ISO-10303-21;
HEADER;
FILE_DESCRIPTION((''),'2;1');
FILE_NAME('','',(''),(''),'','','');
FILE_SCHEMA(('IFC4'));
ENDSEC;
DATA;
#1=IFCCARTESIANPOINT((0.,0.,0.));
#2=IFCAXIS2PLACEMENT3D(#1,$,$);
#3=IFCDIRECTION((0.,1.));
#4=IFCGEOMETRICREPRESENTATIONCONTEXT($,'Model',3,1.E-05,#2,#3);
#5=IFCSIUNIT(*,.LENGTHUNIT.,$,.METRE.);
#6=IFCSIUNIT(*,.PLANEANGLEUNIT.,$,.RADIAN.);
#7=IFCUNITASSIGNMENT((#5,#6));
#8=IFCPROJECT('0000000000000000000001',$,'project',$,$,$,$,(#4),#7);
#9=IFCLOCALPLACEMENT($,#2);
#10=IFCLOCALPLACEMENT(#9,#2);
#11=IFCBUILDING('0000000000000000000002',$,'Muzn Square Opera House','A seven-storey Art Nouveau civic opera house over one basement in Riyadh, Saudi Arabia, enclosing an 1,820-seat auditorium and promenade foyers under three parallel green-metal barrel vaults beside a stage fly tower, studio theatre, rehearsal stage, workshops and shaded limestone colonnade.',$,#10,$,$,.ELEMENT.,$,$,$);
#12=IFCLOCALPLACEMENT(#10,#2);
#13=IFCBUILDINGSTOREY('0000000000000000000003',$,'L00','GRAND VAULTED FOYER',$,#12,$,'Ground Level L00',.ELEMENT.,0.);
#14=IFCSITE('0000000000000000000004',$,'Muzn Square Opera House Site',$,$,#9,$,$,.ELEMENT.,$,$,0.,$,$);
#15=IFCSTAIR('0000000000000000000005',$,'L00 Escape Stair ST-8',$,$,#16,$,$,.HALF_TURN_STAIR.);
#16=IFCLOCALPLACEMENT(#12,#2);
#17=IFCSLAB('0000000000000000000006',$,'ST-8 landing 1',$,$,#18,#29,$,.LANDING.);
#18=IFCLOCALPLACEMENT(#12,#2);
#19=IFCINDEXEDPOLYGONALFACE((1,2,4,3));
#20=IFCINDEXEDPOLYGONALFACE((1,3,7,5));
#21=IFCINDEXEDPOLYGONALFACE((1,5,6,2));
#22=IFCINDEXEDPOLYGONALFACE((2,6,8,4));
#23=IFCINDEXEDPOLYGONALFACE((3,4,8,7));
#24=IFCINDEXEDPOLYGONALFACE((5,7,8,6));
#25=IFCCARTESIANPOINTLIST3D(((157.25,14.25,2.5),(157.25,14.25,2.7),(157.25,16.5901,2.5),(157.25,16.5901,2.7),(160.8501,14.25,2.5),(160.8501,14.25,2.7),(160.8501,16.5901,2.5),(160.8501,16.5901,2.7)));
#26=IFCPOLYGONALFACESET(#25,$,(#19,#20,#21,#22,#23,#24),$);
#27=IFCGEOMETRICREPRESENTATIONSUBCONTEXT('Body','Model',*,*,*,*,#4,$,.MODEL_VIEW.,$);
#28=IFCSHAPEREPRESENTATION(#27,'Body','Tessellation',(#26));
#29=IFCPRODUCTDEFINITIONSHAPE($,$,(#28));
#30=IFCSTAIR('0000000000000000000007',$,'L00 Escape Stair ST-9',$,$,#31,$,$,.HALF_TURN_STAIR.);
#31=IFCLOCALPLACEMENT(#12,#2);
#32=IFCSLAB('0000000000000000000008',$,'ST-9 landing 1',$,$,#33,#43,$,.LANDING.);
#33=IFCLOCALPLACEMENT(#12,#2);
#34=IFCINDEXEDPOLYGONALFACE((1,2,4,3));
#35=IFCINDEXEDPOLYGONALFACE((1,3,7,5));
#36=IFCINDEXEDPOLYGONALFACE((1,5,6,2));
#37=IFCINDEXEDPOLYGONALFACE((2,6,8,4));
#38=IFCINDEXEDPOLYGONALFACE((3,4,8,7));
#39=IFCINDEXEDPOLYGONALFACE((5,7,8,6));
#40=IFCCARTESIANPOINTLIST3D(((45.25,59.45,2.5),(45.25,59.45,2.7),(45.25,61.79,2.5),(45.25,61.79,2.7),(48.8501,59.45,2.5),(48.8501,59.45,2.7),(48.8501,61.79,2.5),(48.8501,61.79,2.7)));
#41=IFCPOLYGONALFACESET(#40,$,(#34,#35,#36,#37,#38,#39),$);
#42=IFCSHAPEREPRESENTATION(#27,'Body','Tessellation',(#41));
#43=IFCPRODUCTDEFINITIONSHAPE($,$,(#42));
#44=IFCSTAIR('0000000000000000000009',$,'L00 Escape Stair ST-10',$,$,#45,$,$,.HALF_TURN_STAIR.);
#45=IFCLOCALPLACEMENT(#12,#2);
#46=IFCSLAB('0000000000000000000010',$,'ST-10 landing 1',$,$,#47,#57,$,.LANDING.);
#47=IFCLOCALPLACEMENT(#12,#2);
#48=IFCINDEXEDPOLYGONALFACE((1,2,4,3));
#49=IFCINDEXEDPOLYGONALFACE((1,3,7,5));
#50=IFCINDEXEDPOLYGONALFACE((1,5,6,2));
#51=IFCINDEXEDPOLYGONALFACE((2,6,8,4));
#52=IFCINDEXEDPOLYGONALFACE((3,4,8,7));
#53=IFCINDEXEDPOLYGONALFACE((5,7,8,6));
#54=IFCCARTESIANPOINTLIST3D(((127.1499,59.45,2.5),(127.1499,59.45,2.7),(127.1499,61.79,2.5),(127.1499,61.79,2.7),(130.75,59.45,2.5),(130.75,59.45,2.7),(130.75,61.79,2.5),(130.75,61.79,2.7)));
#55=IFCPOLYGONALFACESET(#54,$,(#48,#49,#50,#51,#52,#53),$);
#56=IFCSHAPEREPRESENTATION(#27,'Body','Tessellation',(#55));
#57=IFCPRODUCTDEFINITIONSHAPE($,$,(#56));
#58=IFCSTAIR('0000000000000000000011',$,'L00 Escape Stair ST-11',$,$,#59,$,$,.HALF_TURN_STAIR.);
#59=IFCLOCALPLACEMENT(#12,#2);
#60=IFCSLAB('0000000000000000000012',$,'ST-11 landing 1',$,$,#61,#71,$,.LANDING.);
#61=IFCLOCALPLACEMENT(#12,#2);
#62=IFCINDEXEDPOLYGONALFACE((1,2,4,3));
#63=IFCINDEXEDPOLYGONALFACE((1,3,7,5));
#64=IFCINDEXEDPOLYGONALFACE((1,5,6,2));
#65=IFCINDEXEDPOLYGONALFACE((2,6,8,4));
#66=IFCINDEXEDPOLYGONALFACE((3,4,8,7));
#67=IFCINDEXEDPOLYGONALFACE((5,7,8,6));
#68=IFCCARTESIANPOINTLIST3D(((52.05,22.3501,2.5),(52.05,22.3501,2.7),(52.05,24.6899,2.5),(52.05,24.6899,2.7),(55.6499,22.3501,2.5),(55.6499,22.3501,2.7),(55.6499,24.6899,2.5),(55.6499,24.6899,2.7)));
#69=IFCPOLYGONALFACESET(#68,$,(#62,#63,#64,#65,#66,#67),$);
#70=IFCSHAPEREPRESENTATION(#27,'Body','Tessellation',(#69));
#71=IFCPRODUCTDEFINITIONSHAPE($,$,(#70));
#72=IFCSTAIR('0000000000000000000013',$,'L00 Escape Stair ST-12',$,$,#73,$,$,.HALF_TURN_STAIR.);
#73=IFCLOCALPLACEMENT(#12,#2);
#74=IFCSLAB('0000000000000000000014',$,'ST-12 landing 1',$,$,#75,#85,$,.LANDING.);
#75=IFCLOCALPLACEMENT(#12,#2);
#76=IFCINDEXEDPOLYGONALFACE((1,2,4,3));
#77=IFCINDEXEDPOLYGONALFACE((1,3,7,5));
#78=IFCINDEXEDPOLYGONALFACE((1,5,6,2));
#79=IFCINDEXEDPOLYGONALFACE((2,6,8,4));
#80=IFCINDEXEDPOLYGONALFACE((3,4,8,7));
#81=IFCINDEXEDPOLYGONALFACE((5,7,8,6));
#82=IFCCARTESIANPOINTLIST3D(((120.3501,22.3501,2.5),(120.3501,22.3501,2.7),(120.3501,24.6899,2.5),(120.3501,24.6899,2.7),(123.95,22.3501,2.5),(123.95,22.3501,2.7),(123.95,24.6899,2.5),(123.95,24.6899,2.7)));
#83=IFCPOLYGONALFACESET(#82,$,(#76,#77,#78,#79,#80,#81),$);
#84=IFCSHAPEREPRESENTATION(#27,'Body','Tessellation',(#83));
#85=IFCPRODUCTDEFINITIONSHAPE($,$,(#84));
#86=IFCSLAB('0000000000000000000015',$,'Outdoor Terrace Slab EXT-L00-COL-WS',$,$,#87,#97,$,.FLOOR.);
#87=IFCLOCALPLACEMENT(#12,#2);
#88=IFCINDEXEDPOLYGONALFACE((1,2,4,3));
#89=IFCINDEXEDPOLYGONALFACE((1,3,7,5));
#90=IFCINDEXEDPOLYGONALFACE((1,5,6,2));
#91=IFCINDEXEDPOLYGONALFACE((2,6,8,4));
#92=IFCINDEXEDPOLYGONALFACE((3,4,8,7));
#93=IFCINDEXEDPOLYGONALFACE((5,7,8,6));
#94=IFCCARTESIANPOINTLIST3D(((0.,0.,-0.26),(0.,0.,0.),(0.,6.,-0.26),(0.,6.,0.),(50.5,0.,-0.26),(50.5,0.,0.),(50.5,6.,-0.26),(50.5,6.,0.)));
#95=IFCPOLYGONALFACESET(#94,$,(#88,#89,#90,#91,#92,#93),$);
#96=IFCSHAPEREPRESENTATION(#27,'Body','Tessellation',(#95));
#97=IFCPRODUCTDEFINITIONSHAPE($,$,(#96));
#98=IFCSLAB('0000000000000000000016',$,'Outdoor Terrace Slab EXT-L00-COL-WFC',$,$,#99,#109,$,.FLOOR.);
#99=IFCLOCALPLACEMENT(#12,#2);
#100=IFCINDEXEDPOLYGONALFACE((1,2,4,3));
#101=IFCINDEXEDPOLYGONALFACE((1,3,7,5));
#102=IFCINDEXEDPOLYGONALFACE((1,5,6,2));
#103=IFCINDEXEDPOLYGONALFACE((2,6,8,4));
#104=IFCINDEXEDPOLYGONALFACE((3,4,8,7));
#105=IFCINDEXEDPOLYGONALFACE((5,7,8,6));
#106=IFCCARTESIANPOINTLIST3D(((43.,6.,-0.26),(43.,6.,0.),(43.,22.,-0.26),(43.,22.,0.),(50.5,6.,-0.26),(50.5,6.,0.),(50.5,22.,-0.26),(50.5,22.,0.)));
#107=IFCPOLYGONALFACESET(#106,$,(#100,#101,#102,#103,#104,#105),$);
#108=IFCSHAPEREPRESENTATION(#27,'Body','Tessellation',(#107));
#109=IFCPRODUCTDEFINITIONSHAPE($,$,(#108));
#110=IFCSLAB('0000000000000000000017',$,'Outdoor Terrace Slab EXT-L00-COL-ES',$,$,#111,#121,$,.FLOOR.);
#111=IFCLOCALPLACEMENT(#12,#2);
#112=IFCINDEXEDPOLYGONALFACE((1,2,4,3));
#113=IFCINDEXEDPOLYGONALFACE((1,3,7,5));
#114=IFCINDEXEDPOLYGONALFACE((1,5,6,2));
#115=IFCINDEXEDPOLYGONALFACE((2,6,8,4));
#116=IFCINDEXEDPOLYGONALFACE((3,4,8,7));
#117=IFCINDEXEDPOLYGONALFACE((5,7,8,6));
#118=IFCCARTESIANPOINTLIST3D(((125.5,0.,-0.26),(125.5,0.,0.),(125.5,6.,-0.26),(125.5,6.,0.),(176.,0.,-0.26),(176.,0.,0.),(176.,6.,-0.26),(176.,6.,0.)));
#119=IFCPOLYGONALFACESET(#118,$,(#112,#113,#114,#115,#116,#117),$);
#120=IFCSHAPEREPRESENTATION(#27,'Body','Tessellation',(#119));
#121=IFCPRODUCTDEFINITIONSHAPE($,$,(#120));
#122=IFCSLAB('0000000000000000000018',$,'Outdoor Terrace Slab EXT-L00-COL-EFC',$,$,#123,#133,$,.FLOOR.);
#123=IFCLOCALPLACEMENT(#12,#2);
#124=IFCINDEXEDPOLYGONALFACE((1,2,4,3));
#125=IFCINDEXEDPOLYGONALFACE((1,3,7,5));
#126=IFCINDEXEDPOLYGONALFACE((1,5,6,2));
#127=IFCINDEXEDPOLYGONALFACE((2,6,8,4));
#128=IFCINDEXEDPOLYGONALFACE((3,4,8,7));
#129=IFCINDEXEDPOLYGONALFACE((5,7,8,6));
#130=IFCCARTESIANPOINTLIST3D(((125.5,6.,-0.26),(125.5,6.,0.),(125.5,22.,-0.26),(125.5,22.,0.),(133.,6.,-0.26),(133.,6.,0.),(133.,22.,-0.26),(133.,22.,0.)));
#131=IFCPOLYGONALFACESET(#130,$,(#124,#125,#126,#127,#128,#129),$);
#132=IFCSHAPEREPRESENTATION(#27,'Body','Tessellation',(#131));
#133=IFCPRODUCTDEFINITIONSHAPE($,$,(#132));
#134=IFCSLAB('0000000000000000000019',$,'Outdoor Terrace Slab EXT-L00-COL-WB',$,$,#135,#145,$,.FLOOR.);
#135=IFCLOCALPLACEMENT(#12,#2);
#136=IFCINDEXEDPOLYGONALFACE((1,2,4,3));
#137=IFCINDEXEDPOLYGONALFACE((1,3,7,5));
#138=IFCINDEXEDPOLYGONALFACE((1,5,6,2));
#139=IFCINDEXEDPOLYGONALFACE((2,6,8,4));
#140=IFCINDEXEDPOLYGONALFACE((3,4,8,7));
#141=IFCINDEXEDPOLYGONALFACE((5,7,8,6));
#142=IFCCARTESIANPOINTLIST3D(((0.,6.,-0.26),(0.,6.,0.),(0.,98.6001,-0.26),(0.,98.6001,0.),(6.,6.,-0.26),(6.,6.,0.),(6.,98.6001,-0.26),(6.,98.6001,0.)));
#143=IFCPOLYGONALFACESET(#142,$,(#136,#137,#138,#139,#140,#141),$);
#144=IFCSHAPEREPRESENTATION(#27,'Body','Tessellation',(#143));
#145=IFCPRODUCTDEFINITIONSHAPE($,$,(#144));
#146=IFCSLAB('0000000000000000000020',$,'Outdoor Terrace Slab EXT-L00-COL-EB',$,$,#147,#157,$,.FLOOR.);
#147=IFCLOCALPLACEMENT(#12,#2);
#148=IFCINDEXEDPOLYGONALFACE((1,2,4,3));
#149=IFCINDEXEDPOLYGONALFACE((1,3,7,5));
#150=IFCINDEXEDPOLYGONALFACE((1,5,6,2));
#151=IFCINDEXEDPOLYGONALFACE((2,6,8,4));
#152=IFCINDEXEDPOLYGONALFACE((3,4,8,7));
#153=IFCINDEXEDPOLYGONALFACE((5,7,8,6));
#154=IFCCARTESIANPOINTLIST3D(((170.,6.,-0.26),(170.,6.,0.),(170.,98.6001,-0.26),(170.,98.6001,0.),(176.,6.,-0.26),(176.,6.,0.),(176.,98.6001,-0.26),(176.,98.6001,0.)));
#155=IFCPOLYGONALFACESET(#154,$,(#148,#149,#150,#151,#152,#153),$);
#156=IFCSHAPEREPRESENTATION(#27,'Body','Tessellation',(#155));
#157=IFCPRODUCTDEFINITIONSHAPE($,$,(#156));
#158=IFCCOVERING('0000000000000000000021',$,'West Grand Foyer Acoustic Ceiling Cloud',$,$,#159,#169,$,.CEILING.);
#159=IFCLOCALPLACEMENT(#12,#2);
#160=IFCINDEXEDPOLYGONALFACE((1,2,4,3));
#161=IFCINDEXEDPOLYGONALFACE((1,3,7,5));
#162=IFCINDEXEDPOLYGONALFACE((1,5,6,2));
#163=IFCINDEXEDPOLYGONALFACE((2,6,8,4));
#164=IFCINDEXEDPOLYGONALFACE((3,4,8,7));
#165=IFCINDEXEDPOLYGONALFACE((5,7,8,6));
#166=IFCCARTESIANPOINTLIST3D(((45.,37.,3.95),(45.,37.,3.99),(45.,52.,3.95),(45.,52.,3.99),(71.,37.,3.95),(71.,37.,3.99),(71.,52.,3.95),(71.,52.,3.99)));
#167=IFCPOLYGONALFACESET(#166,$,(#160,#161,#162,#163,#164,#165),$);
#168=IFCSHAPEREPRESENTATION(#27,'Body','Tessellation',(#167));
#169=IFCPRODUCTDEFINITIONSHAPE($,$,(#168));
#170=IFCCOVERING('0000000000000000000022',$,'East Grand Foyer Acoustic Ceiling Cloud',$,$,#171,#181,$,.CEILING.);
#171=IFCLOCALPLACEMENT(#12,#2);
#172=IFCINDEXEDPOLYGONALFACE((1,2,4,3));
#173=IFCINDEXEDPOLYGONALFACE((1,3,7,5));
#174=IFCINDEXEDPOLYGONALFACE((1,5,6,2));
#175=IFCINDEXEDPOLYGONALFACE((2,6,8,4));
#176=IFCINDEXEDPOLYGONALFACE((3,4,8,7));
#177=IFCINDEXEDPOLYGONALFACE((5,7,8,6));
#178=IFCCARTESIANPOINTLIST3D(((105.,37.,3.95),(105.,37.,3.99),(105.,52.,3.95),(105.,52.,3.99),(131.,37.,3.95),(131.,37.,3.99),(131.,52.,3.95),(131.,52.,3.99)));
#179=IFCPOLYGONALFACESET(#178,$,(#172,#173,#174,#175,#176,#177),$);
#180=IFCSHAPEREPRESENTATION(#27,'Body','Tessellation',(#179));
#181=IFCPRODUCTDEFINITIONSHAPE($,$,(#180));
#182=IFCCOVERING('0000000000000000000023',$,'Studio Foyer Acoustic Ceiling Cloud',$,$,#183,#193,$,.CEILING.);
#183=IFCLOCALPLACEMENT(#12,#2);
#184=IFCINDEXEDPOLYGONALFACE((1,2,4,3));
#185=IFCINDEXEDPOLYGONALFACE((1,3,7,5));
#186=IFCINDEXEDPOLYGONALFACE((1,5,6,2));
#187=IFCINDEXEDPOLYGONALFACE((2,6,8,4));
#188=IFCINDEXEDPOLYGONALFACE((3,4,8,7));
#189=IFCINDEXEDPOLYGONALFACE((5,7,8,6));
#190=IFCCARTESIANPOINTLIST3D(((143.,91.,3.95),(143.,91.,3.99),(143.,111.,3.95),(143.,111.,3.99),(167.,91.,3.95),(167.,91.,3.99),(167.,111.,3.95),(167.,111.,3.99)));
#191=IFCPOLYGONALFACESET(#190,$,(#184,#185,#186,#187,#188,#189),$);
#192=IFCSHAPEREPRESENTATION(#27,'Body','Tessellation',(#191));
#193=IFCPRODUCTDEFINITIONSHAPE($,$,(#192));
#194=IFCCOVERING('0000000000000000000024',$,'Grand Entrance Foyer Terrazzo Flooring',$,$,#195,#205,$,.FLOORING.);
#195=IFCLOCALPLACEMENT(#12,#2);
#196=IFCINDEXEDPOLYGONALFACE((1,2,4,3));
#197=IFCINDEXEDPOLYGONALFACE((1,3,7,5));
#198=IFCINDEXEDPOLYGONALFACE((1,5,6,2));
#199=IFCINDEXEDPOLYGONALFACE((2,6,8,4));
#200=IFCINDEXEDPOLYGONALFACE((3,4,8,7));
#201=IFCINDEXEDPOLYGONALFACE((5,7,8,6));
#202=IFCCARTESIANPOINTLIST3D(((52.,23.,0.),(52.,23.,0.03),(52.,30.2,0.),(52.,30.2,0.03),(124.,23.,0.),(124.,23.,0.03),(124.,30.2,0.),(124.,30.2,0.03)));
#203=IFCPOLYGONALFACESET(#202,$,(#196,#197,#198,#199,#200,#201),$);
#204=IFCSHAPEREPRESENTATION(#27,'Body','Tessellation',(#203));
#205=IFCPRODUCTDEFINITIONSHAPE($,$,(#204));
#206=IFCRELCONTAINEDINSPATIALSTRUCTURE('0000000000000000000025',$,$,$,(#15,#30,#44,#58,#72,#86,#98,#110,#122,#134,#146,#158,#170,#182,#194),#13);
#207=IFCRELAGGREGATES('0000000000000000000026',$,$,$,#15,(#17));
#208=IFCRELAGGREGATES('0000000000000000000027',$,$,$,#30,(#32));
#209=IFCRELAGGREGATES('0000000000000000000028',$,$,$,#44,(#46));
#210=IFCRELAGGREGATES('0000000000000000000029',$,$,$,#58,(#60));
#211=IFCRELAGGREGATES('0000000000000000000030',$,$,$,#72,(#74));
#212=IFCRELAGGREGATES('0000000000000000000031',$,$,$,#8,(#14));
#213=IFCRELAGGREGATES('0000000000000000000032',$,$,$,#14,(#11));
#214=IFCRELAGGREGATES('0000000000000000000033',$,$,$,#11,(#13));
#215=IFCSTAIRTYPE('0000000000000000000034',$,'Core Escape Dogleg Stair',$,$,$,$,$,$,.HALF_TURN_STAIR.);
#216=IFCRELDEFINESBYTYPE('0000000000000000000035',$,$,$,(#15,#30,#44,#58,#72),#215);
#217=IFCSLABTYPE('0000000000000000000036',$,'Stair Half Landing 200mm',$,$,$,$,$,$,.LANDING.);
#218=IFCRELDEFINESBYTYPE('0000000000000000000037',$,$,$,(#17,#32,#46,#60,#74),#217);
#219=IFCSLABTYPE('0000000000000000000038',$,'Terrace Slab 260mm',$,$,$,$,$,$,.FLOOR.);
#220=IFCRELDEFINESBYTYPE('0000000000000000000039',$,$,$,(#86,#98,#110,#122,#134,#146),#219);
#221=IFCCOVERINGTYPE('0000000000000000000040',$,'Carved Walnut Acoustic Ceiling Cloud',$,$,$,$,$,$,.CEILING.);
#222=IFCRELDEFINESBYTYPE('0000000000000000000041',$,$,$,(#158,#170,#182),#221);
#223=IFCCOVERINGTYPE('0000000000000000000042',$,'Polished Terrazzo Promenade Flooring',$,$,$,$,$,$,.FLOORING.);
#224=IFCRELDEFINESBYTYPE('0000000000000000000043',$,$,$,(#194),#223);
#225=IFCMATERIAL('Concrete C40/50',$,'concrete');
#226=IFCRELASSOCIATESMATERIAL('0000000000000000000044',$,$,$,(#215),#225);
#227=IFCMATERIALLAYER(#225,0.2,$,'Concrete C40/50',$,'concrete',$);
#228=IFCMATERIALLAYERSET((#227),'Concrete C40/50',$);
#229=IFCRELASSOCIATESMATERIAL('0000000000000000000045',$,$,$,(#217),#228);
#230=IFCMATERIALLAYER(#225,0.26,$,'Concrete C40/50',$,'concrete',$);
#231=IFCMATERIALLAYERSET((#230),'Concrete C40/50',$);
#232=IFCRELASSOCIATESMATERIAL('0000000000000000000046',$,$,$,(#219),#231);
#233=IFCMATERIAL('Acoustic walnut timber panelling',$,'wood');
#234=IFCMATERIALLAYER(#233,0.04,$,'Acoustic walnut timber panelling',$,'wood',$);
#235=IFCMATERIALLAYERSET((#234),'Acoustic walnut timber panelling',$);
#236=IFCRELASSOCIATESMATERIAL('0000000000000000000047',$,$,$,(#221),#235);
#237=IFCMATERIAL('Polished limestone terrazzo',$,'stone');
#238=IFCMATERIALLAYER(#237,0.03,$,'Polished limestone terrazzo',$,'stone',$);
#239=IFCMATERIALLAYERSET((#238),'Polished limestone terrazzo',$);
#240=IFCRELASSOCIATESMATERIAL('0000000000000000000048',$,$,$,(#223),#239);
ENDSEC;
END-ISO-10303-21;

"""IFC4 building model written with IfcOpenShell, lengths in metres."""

from ifc_helpers import new_model, si_unit, direction, frame, origin, place, context, subcontext, project, spatial, polyline, outline, extrude, material, layer, layer_set, type_object, element, aggregate, save


model = new_model("IFC4")

# Units and contexts
model_context = context("Model", 3, precision=1e-05, world=origin(), true_north=direction((0.0, 1.0)))
body_context = subcontext(model_context, "Body", "Model", "MODEL_VIEW")
ifc_project = project(units=[si_unit("LENGTHUNIT", "METRE"), si_unit("PLANEANGLEUNIT", "RADIAN")], contexts=[model_context])

# Site, building, storey
site_placement = place(None, origin())
site = spatial("IfcSite", under=ifc_project, at=site_placement, Name="Muzn Square Opera House Site", CompositionType="ELEMENT", RefElevation=0.0)
building_placement = place(site_placement, origin())
building = spatial("IfcBuilding", under=site, at=building_placement, Name="Muzn Square Opera House", Description="A seven-storey Art Nouveau civic opera house over one basement in Riyadh, Saudi Arabia, enclosing an 1,820-seat auditorium and promenade foyers under three parallel green-metal barrel vaults beside a stage fly tower, studio theatre, rehearsal stage, workshops and shaded limestone colonnade.", CompositionType="ELEMENT")
storey_placement = place(building_placement, origin())
storey = spatial("IfcBuildingStorey", under=building, at=storey_placement, Name="L00", Description="GRAND VAULTED FOYER", LongName="Ground Level L00", CompositionType="ELEMENT", Elevation=0.0)

# Shared definitions
ifc_material_1 = material(Name="Concrete C40/50", Category="concrete")

# Stairs, slabs
stair_type = type_object("IfcStairType", Name="Core Escape Dogleg Stair", PredefinedType="HALF_TURN_STAIR", material=ifc_material_1)
ifc_layer_1 = layer(ifc_material_1, 0.2, Name="Concrete C40/50", Category="concrete")
ifc_layer_set_1 = layer_set([ifc_layer_1], Name="Concrete C40/50")
slab_type_1 = type_object("IfcSlabType", Name="Stair Half Landing 200mm", PredefinedType="LANDING", material=ifc_layer_set_1)
stair_1_placement = place(storey_placement, origin())
stair_1 = element("IfcStair", 1, at=stair_1_placement, inside=storey, type_object=stair_type, Name="L00 Escape Stair ST-8", PredefinedType="HALF_TURN_STAIR")
slab_1_placement = place(storey_placement, frame((0.0, 0.0, 2.5)))
slab_1 = element("IfcSlab", 2, at=slab_1_placement, type_object=slab_type_1, Name="ST-8 landing 1", PredefinedType="LANDING", context=body_context, shape_type="SweptSolid", body=[
    extrude(outline(polyline([(157.25, 16.5901), (157.25, 14.25), (160.8501, 14.25), (160.8501, 16.5901), (157.25, 16.5901)])), origin(), (0.0, 0.0, 1.0), 0.2),
])
aggregate(stair_1, [slab_1])
stair_2_placement = place(storey_placement, origin())
stair_2 = element("IfcStair", 3, at=stair_2_placement, inside=storey, type_object=stair_type, Name="L00 Escape Stair ST-9", PredefinedType="HALF_TURN_STAIR")
slab_2_placement = place(storey_placement, frame((0.0, 0.0, 2.5)))
slab_2 = element("IfcSlab", 4, at=slab_2_placement, type_object=slab_type_1, Name="ST-9 landing 1", PredefinedType="LANDING", context=body_context, shape_type="SweptSolid", body=[
    extrude(outline(polyline([(45.25, 61.79), (45.25, 59.45), (48.8501, 59.45), (48.8501, 61.79), (45.25, 61.79)])), origin(), (0.0, 0.0, 1.0), 0.2),
])
aggregate(stair_2, [slab_2])
stair_3_placement = place(storey_placement, origin())
stair_3 = element("IfcStair", 5, at=stair_3_placement, inside=storey, type_object=stair_type, Name="L00 Escape Stair ST-10", PredefinedType="HALF_TURN_STAIR")
slab_3_placement = place(storey_placement, frame((0.0, 0.0, 2.5)))
slab_3 = element("IfcSlab", 6, at=slab_3_placement, type_object=slab_type_1, Name="ST-10 landing 1", PredefinedType="LANDING", context=body_context, shape_type="SweptSolid", body=[
    extrude(outline(polyline([(127.1499, 61.79), (127.1499, 59.45), (130.75, 59.45), (130.75, 61.79), (127.1499, 61.79)])), origin(), (0.0, 0.0, 1.0), 0.2),
])
aggregate(stair_3, [slab_3])
stair_4_placement = place(storey_placement, origin())
stair_4 = element("IfcStair", 7, at=stair_4_placement, inside=storey, type_object=stair_type, Name="L00 Escape Stair ST-11", PredefinedType="HALF_TURN_STAIR")
slab_4_placement = place(storey_placement, frame((0.0, 0.0, 2.5)))
slab_4 = element("IfcSlab", 8, at=slab_4_placement, type_object=slab_type_1, Name="ST-11 landing 1", PredefinedType="LANDING", context=body_context, shape_type="SweptSolid", body=[
    extrude(outline(polyline([(52.05, 24.6899), (52.05, 22.3501), (55.6499, 22.3501), (55.6499, 24.6899), (52.05, 24.6899)])), origin(), (0.0, 0.0, 1.0), 0.2),
])
aggregate(stair_4, [slab_4])
stair_5_placement = place(storey_placement, origin())
stair_5 = element("IfcStair", 9, at=stair_5_placement, inside=storey, type_object=stair_type, Name="L00 Escape Stair ST-12", PredefinedType="HALF_TURN_STAIR")
slab_5_placement = place(storey_placement, frame((0.0, 0.0, 2.5)))
slab_5 = element("IfcSlab", 10, at=slab_5_placement, type_object=slab_type_1, Name="ST-12 landing 1", PredefinedType="LANDING", context=body_context, shape_type="SweptSolid", body=[
    extrude(outline(polyline([(120.3501, 24.6899), (120.3501, 22.3501), (123.95, 22.3501), (123.95, 24.6899), (120.3501, 24.6899)])), origin(), (0.0, 0.0, 1.0), 0.2),
])
aggregate(stair_5, [slab_5])

# Slabs
ifc_layer_2 = layer(ifc_material_1, 0.26, Name="Concrete C40/50", Category="concrete")
ifc_layer_set_2 = layer_set([ifc_layer_2], Name="Concrete C40/50")
slab_type_2 = type_object("IfcSlabType", Name="Terrace Slab 260mm", PredefinedType="FLOOR", material=ifc_layer_set_2)
slab_6_placement = place(storey_placement, frame((0.0, 0.0, -0.26)))
element("IfcSlab", 11, at=slab_6_placement, inside=storey, type_object=slab_type_2, Name="Outdoor Terrace Slab EXT-L00-COL-WS", PredefinedType="FLOOR", context=body_context, shape_type="SweptSolid", body=[
    extrude(outline(polyline([(0.0, 0.0), (50.5, 0.0), (50.5, 6.0), (0.0, 6.0), (0.0, 0.0)])), origin(), (0.0, 0.0, 1.0), 0.26),
])
slab_7_placement = place(storey_placement, frame((0.0, 0.0, -0.26)))
element("IfcSlab", 12, at=slab_7_placement, inside=storey, type_object=slab_type_2, Name="Outdoor Terrace Slab EXT-L00-COL-WFC", PredefinedType="FLOOR", context=body_context, shape_type="SweptSolid", body=[
    extrude(outline(polyline([(43.0, 6.0), (50.5, 6.0), (50.5, 22.0), (43.0, 22.0), (43.0, 6.0)])), origin(), (0.0, 0.0, 1.0), 0.26),
])
slab_8_placement = place(storey_placement, frame((0.0, 0.0, -0.26)))
element("IfcSlab", 13, at=slab_8_placement, inside=storey, type_object=slab_type_2, Name="Outdoor Terrace Slab EXT-L00-COL-ES", PredefinedType="FLOOR", context=body_context, shape_type="SweptSolid", body=[
    extrude(outline(polyline([(125.5, 0.0), (176.0, 0.0), (176.0, 6.0), (125.5, 6.0), (125.5, 0.0)])), origin(), (0.0, 0.0, 1.0), 0.26),
])
slab_9_placement = place(storey_placement, frame((0.0, 0.0, -0.26)))
element("IfcSlab", 14, at=slab_9_placement, inside=storey, type_object=slab_type_2, Name="Outdoor Terrace Slab EXT-L00-COL-EFC", PredefinedType="FLOOR", context=body_context, shape_type="SweptSolid", body=[
    extrude(outline(polyline([(125.5, 6.0), (133.0, 6.0), (133.0, 22.0), (125.5, 22.0), (125.5, 6.0)])), origin(), (0.0, 0.0, 1.0), 0.26),
])
slab_10_placement = place(storey_placement, frame((0.0, 0.0, -0.26)))
element("IfcSlab", 15, at=slab_10_placement, inside=storey, type_object=slab_type_2, Name="Outdoor Terrace Slab EXT-L00-COL-WB", PredefinedType="FLOOR", context=body_context, shape_type="SweptSolid", body=[
    extrude(outline(polyline([(0.0, 6.0), (6.0, 6.0), (6.0, 98.6001), (0.0, 98.6001), (0.0, 6.0)])), origin(), (0.0, 0.0, 1.0), 0.26),
])
slab_11_placement = place(storey_placement, frame((0.0, 0.0, -0.26)))
element("IfcSlab", 16, at=slab_11_placement, inside=storey, type_object=slab_type_2, Name="Outdoor Terrace Slab EXT-L00-COL-EB", PredefinedType="FLOOR", context=body_context, shape_type="SweptSolid", body=[
    extrude(outline(polyline([(170.0, 6.0), (176.0, 6.0), (176.0, 98.6001), (170.0, 98.6001), (170.0, 6.0)])), origin(), (0.0, 0.0, 1.0), 0.26),
])

# Coverings
ifc_material_2 = material(Name="Acoustic walnut timber panelling", Category="wood")
ifc_layer_3 = layer(ifc_material_2, 0.04, Name="Acoustic walnut timber panelling", Category="wood")
ifc_layer_set_3 = layer_set([ifc_layer_3], Name="Acoustic walnut timber panelling")
covering_type_1 = type_object("IfcCoveringType", Name="Carved Walnut Acoustic Ceiling Cloud", PredefinedType="CEILING", material=ifc_layer_set_3)
covering_1_placement = place(storey_placement, frame((0.0, 0.0, 3.95)))
element("IfcCovering", 17, at=covering_1_placement, inside=storey, type_object=covering_type_1, Name="West Grand Foyer Acoustic Ceiling Cloud", PredefinedType="CEILING", context=body_context, shape_type="SweptSolid", body=[
    extrude(outline(polyline([(45.0, 37.0), (71.0, 37.0), (71.0, 52.0), (45.0, 52.0), (45.0, 37.0)])), origin(), (0.0, 0.0, 1.0), 0.04),
])
covering_2_placement = place(storey_placement, frame((0.0, 0.0, 3.95)))
element("IfcCovering", 18, at=covering_2_placement, inside=storey, type_object=covering_type_1, Name="East Grand Foyer Acoustic Ceiling Cloud", PredefinedType="CEILING", context=body_context, shape_type="SweptSolid", body=[
    extrude(outline(polyline([(105.0, 37.0), (131.0, 37.0), (131.0, 52.0), (105.0, 52.0), (105.0, 37.0)])), origin(), (0.0, 0.0, 1.0), 0.04),
])
covering_3_placement = place(storey_placement, frame((0.0, 0.0, 3.95)))
element("IfcCovering", 19, at=covering_3_placement, inside=storey, type_object=covering_type_1, Name="Studio Foyer Acoustic Ceiling Cloud", PredefinedType="CEILING", context=body_context, shape_type="SweptSolid", body=[
    extrude(outline(polyline([(143.0, 91.0), (167.0, 91.0), (167.0, 111.0), (143.0, 111.0), (143.0, 91.0)])), origin(), (0.0, 0.0, 1.0), 0.04),
])
ifc_material_3 = material(Name="Polished limestone terrazzo", Category="stone")
ifc_layer_4 = layer(ifc_material_3, 0.03, Name="Polished limestone terrazzo", Category="stone")
ifc_layer_set_4 = layer_set([ifc_layer_4], Name="Polished limestone terrazzo")
covering_type_2 = type_object("IfcCoveringType", Name="Polished Terrazzo Promenade Flooring", PredefinedType="FLOORING", material=ifc_layer_set_4)
covering_4_placement = place(storey_placement, origin())
element("IfcCovering", 20, at=covering_4_placement, inside=storey, type_object=covering_type_2, Name="Grand Entrance Foyer Terrazzo Flooring", PredefinedType="FLOORING", context=body_context, shape_type="SweptSolid", body=[
    extrude(outline(polyline([(52.0, 23.0), (124.0, 23.0), (124.0, 30.2), (52.0, 30.2), (52.0, 23.0)])), origin(), (0.0, 0.0, 1.0), 0.03),
])

save(model, "model.ifc")
